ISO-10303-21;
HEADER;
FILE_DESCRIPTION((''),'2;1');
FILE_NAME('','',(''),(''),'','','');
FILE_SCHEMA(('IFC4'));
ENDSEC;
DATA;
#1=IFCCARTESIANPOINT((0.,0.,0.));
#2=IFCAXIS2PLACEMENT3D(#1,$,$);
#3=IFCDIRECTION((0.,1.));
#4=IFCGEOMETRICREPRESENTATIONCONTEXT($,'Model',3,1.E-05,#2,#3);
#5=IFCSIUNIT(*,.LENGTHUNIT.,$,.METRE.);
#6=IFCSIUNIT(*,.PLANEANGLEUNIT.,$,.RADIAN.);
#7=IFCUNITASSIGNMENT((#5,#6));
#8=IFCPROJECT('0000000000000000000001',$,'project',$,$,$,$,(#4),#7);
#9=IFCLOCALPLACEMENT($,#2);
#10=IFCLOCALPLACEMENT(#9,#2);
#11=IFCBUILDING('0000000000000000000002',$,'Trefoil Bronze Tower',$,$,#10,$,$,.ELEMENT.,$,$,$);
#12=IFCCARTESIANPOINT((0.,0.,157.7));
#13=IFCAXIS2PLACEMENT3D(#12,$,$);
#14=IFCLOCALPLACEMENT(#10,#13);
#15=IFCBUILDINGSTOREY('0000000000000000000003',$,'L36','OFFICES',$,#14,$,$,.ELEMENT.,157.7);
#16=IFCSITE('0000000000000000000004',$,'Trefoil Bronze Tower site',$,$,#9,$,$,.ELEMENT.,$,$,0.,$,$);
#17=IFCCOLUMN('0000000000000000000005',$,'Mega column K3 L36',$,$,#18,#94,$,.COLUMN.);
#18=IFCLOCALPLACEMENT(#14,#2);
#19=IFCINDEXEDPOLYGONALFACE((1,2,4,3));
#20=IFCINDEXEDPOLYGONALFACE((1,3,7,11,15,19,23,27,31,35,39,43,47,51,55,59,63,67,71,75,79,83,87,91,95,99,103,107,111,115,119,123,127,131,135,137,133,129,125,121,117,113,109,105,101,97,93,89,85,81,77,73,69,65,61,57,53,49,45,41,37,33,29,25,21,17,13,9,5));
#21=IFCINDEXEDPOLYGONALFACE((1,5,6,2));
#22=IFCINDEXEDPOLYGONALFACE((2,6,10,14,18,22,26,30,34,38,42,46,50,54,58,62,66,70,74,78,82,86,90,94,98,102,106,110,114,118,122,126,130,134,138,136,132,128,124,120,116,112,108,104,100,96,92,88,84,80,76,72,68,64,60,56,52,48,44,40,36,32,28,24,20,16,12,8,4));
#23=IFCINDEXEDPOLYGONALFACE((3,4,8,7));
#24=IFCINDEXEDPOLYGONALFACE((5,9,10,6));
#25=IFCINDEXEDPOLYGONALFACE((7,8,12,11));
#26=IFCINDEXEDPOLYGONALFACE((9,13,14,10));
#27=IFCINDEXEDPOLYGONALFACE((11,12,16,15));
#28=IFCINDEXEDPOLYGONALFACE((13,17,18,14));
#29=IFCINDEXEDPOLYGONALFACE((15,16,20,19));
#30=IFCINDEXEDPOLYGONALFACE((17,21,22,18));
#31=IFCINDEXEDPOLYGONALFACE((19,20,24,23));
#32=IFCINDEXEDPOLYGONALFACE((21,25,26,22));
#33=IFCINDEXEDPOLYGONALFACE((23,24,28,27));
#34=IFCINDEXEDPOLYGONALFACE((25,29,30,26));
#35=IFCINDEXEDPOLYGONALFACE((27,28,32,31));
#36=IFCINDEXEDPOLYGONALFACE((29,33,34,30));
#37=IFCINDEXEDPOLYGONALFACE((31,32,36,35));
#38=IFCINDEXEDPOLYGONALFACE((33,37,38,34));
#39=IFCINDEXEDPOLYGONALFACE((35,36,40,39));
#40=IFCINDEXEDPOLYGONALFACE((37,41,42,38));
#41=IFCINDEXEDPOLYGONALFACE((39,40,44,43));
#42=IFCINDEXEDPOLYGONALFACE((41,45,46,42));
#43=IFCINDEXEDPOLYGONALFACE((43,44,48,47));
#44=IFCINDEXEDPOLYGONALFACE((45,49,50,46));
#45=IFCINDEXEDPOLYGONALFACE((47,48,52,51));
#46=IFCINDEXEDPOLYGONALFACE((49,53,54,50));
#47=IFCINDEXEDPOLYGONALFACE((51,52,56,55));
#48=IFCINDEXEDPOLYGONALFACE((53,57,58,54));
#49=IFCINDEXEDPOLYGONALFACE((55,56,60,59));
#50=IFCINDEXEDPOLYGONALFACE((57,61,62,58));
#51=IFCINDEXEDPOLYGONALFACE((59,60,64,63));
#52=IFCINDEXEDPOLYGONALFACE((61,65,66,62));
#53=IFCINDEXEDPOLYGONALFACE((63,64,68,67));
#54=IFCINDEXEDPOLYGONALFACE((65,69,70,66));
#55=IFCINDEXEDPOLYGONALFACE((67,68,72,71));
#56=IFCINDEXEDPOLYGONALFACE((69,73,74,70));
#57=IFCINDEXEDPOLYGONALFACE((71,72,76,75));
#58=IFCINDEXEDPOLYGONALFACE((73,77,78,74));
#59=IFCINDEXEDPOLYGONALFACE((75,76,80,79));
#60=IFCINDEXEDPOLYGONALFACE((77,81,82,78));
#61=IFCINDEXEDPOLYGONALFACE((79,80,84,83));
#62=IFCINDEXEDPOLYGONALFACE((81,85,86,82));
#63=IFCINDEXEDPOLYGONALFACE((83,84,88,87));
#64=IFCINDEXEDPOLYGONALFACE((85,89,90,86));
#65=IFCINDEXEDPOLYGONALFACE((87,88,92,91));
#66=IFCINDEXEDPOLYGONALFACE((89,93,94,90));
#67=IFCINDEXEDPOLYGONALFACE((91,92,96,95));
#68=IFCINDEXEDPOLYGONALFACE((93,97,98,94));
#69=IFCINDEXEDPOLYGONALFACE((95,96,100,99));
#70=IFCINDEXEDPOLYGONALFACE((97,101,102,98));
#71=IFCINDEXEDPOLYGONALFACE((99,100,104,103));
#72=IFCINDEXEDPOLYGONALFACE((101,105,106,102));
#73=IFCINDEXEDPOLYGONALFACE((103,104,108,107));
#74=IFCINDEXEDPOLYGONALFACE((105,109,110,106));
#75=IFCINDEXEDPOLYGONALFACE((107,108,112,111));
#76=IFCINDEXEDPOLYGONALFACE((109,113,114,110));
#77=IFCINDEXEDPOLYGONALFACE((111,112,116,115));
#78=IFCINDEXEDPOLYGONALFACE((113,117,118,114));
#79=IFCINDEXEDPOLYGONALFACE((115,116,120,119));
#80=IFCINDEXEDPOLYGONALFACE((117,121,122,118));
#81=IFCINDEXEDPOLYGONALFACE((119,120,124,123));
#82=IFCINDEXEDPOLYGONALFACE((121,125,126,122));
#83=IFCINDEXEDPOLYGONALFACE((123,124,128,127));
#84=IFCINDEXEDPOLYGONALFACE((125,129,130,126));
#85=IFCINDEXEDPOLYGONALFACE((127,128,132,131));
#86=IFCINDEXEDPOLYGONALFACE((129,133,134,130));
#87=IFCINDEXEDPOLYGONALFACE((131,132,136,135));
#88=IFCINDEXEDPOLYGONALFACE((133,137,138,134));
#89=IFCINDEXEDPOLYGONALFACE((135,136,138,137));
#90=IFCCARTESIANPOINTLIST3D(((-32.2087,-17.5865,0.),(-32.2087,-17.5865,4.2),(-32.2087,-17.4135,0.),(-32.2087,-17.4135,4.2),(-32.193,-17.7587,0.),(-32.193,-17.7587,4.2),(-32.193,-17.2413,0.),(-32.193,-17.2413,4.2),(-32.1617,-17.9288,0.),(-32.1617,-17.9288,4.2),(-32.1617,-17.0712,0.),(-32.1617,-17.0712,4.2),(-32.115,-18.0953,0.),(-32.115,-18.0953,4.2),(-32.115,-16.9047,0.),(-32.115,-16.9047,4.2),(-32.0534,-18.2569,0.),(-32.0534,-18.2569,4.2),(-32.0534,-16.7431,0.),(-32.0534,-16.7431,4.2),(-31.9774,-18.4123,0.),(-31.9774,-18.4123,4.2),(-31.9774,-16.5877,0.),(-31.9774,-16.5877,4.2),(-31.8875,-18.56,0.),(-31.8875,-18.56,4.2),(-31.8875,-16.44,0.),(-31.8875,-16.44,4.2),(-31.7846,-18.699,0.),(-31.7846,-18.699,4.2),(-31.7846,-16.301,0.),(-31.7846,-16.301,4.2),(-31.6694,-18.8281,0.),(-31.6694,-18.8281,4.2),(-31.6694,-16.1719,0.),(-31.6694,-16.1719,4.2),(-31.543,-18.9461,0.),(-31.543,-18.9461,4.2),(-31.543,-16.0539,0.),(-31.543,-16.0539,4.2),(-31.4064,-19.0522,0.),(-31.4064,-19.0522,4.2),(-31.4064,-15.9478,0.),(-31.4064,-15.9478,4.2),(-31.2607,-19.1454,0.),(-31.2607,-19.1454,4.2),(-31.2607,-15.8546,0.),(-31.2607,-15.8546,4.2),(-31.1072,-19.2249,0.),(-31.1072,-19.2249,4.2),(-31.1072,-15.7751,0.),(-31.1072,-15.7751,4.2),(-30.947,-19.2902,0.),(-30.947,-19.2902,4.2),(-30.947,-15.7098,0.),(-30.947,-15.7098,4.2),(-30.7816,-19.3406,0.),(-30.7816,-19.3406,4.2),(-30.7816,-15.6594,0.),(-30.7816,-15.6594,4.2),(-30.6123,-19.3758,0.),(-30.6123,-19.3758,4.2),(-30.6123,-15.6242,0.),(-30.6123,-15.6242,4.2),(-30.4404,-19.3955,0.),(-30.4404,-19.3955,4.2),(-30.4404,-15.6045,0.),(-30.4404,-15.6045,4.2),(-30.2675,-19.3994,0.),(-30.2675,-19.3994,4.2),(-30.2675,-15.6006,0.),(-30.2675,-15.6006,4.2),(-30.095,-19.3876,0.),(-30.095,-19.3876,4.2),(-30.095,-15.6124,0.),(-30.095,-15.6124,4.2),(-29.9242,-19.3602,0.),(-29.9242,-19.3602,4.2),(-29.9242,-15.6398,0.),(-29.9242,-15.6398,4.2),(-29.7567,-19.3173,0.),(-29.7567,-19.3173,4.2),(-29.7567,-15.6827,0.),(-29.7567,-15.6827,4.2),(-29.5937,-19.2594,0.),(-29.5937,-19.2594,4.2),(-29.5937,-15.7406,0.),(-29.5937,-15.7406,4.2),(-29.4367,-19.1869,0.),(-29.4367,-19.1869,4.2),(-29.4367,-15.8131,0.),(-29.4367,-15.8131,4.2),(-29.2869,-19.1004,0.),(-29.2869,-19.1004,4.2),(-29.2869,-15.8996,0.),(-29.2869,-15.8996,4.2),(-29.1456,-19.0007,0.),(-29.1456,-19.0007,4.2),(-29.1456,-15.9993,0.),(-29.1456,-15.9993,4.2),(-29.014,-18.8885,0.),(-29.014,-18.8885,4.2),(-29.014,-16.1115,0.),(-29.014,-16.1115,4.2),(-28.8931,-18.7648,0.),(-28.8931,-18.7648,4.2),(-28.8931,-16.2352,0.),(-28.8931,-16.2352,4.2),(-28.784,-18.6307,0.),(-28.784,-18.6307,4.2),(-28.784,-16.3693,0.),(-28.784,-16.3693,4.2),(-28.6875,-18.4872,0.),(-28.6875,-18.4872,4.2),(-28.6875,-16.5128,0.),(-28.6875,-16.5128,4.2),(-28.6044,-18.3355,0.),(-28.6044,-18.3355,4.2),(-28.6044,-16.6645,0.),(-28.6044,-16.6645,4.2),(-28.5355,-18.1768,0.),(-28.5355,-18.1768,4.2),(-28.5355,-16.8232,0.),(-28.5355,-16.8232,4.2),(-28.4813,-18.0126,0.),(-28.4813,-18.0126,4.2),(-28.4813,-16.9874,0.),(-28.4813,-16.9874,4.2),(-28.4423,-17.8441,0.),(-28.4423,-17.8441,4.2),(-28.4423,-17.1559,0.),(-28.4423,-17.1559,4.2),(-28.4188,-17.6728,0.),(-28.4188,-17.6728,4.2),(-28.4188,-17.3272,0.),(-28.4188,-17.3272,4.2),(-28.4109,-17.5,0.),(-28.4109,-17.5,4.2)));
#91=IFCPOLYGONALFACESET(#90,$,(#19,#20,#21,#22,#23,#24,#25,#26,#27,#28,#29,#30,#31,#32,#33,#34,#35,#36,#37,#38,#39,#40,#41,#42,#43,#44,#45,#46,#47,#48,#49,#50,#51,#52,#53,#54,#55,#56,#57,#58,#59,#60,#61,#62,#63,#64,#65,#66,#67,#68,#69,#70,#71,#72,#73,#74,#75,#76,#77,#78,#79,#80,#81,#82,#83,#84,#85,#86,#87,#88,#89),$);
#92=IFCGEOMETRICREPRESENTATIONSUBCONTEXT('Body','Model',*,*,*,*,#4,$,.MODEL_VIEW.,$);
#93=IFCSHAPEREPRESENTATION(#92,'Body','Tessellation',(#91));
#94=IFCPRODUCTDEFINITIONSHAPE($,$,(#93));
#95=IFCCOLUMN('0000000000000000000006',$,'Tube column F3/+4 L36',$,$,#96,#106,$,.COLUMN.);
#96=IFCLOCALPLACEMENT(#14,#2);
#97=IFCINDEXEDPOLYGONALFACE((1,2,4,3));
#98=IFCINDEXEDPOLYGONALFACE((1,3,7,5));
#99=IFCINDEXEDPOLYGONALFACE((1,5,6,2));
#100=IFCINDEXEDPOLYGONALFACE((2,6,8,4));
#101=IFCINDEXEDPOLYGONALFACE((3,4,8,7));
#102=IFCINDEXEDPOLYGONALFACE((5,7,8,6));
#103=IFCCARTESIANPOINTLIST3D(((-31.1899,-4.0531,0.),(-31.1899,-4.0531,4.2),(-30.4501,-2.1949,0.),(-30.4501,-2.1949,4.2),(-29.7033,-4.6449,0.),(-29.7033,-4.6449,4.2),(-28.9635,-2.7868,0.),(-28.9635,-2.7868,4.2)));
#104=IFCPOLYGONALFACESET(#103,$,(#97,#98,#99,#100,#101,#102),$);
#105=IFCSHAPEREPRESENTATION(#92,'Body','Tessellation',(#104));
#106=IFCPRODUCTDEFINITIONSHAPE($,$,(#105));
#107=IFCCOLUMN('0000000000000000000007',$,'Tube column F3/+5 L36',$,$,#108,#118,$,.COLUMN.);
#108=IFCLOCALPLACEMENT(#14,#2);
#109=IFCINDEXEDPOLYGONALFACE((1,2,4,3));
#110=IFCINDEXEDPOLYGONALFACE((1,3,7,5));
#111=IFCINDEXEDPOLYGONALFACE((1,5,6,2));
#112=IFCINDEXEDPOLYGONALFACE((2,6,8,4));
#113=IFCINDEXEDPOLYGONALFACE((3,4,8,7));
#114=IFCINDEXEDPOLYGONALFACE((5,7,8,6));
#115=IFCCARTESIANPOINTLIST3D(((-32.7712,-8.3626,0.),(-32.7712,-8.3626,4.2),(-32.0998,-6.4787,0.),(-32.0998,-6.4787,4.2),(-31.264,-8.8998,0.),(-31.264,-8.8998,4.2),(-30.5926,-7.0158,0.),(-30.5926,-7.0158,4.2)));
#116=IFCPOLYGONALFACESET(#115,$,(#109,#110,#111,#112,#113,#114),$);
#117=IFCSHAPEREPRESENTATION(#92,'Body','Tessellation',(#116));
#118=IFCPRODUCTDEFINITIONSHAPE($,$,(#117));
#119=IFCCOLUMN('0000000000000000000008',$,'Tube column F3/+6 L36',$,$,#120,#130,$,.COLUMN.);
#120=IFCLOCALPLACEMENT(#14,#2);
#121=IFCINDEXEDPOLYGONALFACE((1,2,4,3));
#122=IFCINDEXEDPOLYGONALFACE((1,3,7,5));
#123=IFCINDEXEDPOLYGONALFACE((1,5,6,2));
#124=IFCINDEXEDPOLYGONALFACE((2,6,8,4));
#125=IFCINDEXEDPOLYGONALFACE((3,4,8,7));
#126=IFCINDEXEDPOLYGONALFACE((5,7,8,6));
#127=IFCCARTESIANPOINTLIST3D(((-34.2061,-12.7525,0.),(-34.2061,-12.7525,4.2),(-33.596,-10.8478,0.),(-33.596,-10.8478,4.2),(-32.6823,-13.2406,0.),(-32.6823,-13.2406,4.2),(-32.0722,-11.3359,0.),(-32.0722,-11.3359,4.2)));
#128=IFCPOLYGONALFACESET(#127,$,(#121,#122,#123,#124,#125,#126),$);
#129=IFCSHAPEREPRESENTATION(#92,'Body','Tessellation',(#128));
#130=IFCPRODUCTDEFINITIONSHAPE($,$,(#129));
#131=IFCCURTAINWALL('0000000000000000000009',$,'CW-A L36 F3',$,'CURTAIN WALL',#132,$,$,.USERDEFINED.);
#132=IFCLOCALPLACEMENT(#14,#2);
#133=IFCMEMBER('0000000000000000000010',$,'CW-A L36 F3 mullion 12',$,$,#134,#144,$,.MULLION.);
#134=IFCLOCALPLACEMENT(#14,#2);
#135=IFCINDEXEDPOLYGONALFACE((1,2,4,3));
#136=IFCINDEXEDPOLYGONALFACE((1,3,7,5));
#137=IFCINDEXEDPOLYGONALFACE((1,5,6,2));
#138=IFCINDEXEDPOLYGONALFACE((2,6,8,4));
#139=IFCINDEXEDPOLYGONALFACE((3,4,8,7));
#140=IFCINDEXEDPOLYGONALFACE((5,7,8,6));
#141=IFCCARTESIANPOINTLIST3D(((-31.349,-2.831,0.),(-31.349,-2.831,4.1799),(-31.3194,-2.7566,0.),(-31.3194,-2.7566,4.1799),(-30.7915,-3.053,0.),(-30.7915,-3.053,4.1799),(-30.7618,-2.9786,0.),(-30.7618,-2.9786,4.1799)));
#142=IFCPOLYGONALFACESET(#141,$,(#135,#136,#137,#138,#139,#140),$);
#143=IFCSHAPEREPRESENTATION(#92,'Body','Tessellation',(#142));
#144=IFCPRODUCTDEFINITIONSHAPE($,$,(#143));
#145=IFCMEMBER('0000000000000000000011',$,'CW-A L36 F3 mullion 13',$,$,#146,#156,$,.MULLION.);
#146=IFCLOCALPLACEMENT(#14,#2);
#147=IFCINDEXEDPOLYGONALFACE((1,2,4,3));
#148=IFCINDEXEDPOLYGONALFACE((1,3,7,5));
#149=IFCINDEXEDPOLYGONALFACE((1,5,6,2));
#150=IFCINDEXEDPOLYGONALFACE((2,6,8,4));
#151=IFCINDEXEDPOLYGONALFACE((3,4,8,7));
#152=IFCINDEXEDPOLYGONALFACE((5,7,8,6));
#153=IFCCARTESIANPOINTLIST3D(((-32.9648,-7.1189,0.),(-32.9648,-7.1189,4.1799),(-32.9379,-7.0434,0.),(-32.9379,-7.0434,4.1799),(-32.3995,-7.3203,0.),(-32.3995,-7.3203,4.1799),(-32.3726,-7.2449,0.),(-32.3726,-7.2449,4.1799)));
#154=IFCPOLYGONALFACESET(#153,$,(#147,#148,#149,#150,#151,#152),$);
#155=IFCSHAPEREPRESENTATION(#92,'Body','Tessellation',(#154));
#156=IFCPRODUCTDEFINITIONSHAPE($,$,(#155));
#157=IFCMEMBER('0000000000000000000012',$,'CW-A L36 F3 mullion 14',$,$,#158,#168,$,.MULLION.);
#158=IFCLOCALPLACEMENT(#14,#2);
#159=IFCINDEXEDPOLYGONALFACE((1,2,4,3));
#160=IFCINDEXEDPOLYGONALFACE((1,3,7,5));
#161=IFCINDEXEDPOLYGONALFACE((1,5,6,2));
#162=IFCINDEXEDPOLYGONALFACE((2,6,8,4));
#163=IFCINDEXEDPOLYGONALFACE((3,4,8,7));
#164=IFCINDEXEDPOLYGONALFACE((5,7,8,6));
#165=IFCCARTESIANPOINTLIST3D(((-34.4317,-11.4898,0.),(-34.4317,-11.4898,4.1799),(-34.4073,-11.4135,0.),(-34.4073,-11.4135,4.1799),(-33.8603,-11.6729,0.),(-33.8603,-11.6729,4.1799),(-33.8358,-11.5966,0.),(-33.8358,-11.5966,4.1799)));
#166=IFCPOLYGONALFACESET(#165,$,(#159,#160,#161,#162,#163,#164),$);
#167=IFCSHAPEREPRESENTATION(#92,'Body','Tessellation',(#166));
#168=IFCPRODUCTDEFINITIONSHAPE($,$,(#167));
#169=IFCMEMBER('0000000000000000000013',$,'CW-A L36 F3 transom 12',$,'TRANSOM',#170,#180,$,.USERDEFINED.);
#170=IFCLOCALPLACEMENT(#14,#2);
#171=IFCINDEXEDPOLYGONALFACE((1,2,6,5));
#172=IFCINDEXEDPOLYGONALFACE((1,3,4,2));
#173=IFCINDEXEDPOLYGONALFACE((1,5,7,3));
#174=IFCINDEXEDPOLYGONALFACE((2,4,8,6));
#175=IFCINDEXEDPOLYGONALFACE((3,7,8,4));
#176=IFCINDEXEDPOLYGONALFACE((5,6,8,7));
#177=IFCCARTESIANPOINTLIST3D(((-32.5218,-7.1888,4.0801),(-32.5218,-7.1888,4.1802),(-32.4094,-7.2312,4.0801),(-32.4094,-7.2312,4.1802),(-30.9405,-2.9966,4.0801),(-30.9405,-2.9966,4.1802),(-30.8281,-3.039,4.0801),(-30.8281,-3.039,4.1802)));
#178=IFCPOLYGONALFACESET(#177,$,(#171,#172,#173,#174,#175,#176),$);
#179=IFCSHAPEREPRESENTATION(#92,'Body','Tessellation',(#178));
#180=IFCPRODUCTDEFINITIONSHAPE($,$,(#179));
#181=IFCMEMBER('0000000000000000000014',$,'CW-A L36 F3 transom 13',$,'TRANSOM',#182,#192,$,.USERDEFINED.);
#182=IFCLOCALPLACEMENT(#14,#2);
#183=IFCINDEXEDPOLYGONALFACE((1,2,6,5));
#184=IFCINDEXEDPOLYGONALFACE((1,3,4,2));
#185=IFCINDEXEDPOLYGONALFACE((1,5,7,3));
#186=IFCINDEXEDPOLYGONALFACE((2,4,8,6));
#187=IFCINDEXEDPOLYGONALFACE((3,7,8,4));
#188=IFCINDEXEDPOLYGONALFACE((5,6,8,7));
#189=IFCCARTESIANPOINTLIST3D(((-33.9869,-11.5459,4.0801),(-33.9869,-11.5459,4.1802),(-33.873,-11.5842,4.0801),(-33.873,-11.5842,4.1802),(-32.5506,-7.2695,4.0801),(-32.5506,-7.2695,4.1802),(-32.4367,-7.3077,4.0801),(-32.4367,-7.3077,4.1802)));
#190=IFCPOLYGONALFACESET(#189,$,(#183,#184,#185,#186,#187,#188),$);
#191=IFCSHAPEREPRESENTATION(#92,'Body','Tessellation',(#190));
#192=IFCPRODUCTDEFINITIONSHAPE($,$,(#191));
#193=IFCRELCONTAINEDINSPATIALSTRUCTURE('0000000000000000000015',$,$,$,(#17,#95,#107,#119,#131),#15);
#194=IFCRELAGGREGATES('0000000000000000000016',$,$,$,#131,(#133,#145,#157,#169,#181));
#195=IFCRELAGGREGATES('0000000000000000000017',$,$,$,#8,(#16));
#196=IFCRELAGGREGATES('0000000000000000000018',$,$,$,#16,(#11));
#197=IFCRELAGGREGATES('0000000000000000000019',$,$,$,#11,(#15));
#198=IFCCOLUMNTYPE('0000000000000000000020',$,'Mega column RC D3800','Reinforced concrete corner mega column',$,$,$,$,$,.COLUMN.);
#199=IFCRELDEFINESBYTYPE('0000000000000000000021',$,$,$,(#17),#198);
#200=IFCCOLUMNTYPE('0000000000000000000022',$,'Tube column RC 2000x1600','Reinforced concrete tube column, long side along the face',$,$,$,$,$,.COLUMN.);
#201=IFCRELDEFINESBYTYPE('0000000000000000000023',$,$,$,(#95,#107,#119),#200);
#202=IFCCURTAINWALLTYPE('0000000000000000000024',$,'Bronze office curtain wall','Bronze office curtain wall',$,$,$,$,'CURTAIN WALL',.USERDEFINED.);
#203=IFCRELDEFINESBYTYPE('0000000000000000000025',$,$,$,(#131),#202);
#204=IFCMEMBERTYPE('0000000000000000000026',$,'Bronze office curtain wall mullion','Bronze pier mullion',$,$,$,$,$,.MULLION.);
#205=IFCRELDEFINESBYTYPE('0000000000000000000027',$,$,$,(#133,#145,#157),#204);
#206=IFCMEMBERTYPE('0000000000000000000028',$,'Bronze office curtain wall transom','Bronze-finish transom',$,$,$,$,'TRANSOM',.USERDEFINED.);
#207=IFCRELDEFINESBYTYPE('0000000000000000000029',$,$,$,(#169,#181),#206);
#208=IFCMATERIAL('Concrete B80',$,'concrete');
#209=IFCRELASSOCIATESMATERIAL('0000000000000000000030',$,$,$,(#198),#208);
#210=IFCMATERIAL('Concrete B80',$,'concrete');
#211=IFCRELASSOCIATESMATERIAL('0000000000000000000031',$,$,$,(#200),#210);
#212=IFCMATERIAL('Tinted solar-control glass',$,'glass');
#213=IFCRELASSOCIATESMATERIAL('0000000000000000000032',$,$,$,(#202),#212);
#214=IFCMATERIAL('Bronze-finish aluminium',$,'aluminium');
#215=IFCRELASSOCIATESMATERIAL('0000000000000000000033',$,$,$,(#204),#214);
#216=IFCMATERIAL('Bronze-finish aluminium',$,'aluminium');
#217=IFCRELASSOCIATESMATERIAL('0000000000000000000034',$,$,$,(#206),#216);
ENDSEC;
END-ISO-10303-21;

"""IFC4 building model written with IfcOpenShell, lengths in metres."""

from ifc_helpers import new_model, si_unit, direction, frame, origin, origin_2d, place, context, subcontext, project, spatial, rectangle, circle, extrude, material, material_profile, profile_set, type_object, element, aggregate, save


model = new_model("IFC4")

# Units and contexts
model_context = context("Model", 3, precision=1e-05, world=origin(), true_north=direction((0.0, 1.0)))
body_context = subcontext(model_context, "Body", "Model", "MODEL_VIEW")
ifc_project = project(units=[si_unit("LENGTHUNIT", "METRE"), si_unit("PLANEANGLEUNIT", "RADIAN")], contexts=[model_context])

# Site, building, storey
site_placement = place(None, origin())
site = spatial("IfcSite", under=ifc_project, at=site_placement, Name="Trefoil Bronze Tower site", CompositionType="ELEMENT", RefElevation=0.0)
building_placement = place(site_placement, origin())
building = spatial("IfcBuilding", under=site, at=building_placement, Name="Trefoil Bronze Tower", CompositionType="ELEMENT")
storey_placement = place(building_placement, frame((0.0, 0.0, 157.7)))
storey = spatial("IfcBuildingStorey", under=building, at=storey_placement, Name="L36", Description="OFFICES", CompositionType="ELEMENT", Elevation=157.7)

# Columns
ifc_material_1 = material(Name="Concrete B80", Category="concrete")
ifc_material_profile_1 = material_profile(ifc_material_1, circle(Radius=1.8999, at=origin_2d()), Name="RC D3800")
ifc_profile_set_1 = profile_set([ifc_material_profile_1], Name="Concrete B80")
column_type_1 = type_object("IfcColumnType", Name="Mega column RC D3800", Description="Reinforced concrete corner mega column", PredefinedType="COLUMN", material=ifc_profile_set_1)
column_placement = place(storey_placement, frame((-30.3108, -17.5, 0.0), z_axis=(0.0, 0.0, 1.0), x_axis=(1.0, 0.0, 0.0)))
element("IfcColumn", 1, at=column_placement, inside=storey, type_object=column_type_1, Name="Mega column K3 L36", PredefinedType="COLUMN", context=body_context, shape_type="SweptSolid", body=[
    extrude(circle(Radius=1.8999, at=origin_2d()), origin(), (0.0, 0.0, 1.0), 4.2),
])
ifc_material_2 = material(Name="Concrete B80", Category="concrete")
ifc_material_profile_2 = material_profile(ifc_material_2, rectangle(XDim=2.0, YDim=1.6001, at=origin_2d()), Name="RC 2000x1600")
ifc_profile_set_2 = profile_set([ifc_material_profile_2], Name="Concrete B80")
column_type_2 = type_object("IfcColumnType", Name="Tube column RC 2000x1600", Description="Reinforced concrete tube column, long side along the face", PredefinedType="COLUMN", material=ifc_profile_set_2)
for number, where, z_axis, x_axis, name in (
    (2, (-30.0767, -3.4199, 0.0), (0.0, 0.0, 1.0), (-0.369901, -0.929071, 0.0), "Tube column F3/+4 L36"),
    (3, (-31.6819, -7.6892, 0.0), (0.0, 0.0, 1.0), (-0.335718, -0.941963, 0.0), "Tube column F3/+5 L36"),
    (4, (-33.1392, -12.0442, 0.0), (0.0, 0.0, 1.0), (-0.305066, -0.952331, 0.0), "Tube column F3/+6 L36"),
):
    element("IfcColumn", number, at=place(storey_placement, frame(where, z_axis=z_axis, x_axis=x_axis)), inside=storey, type_object=column_type_2, Name=name, PredefinedType="COLUMN", context=body_context, shape_type="SweptSolid", body=[
        extrude(rectangle(XDim=2.0, YDim=1.6001, at=origin_2d()), origin(), (0.0, 0.0, 1.0), 4.2),
    ])

# Curtain wall, members
ifc_material_3 = material(Name="Tinted solar-control glass", Category="glass")
curtain_wall_type_1 = type_object("IfcCurtainWallType", Name="Bronze office curtain wall", Description="Bronze office curtain wall", ElementType="CURTAIN WALL", PredefinedType="USERDEFINED", material=ifc_material_3)
curtain_wall_1_placement = place(storey_placement, origin())
curtain_wall_1 = element("IfcCurtainWall", 5, at=curtain_wall_1_placement, inside=storey, type_object=curtain_wall_type_1, Name="CW-A L36 F3", ObjectType="CURTAIN WALL", PredefinedType="USERDEFINED")
ifc_material_4 = material(Name="Bronze-finish aluminium", Category="aluminium")
ifc_material_profile_3 = material_profile(ifc_material_4, rectangle(XDim=0.6001, YDim=0.0801, at=origin_2d()), Name="CW-A mullion")
ifc_profile_set_3 = profile_set([ifc_material_profile_3], Name="Bronze-finish aluminium")
member_type_1 = type_object("IfcMemberType", Name="Bronze office curtain wall mullion", Description="Bronze pier mullion", PredefinedType="MULLION", material=ifc_profile_set_3)
member_1_placement = place(storey_placement, frame((-31.0554, -2.9048, 0.0), z_axis=(0.0, 0.0, 1.0), x_axis=(0.929071, -0.369901, 0.0)))
member_1 = element("IfcMember", 6, at=member_1_placement, type_object=member_type_1, Name="CW-A L36 F3 mullion 12", PredefinedType="MULLION", context=body_context, shape_type="SweptSolid", body=[
    extrude(rectangle(XDim=0.6001, YDim=0.0801, at=origin_2d()), origin(), (0.0, 0.0, 1.0), 4.1799),
])
member_2_placement = place(storey_placement, frame((-32.6687, -7.1819, 0.0), z_axis=(0.0, 0.0, 1.0), x_axis=(0.941963, -0.335718, 0.0)))
member_2 = element("IfcMember", 7, at=member_2_placement, type_object=member_type_1, Name="CW-A L36 F3 mullion 13", PredefinedType="MULLION", context=body_context, shape_type="SweptSolid", body=[
    extrude(rectangle(XDim=0.6001, YDim=0.0801, at=origin_2d()), origin(), (0.0, 0.0, 1.0), 4.1799),
])
member_3_placement = place(storey_placement, frame((-34.1338, -11.5432, 0.0), z_axis=(0.0, 0.0, 1.0), x_axis=(0.952331, -0.305066, 0.0)))
member_3 = element("IfcMember", 8, at=member_3_placement, type_object=member_type_1, Name="CW-A L36 F3 mullion 14", PredefinedType="MULLION", context=body_context, shape_type="SweptSolid", body=[
    extrude(rectangle(XDim=0.6001, YDim=0.0801, at=origin_2d()), origin(), (0.0, 0.0, 1.0), 4.1799),
])
ifc_material_5 = material(Name="Bronze-finish aluminium", Category="aluminium")
ifc_material_profile_4 = material_profile(ifc_material_5, rectangle(XDim=0.1201, YDim=0.1001, at=origin_2d()), Name="CW-A transom")
ifc_profile_set_4 = profile_set([ifc_material_profile_4], Name="Bronze-finish aluminium")
member_type_2 = type_object("IfcMemberType", Name="Bronze office curtain wall transom", Description="Bronze-finish transom", ElementType="TRANSOM", PredefinedType="USERDEFINED", material=ifc_profile_set_4)
member_4_placement = place(storey_placement, frame((-30.8843, -3.0178, 4.1301), z_axis=(-0.352932, -0.935649, 0.0), x_axis=(0.935649, -0.352932, 0.0)))
member_4 = element("IfcMember", 9, at=member_4_placement, type_object=member_type_2, Name="CW-A L36 F3 transom 12", ObjectType="TRANSOM", PredefinedType="USERDEFINED", context=body_context, shape_type="SweptSolid", body=[
    extrude(rectangle(XDim=0.1201, YDim=0.1001, at=origin_2d()), origin(), (0.0, 0.0, 1.0), 4.4805),
])
member_5_placement = place(storey_placement, frame((-32.4937, -7.2886, 4.1301), z_axis=(-0.318386, -0.947961, 0.0), x_axis=(0.947961, -0.318386, 0.0)))
member_5 = element("IfcMember", 10, at=member_5_placement, type_object=member_type_2, Name="CW-A L36 F3 transom 13", ObjectType="TRANSOM", PredefinedType="USERDEFINED", context=body_context, shape_type="SweptSolid", body=[
    extrude(rectangle(XDim=0.1201, YDim=0.1001, at=origin_2d()), origin(), (0.0, 0.0, 1.0), 4.5112),
])

aggregate(curtain_wall_1, [member_1, member_2, member_3, member_4, member_5])

save(model, "model.ifc")
